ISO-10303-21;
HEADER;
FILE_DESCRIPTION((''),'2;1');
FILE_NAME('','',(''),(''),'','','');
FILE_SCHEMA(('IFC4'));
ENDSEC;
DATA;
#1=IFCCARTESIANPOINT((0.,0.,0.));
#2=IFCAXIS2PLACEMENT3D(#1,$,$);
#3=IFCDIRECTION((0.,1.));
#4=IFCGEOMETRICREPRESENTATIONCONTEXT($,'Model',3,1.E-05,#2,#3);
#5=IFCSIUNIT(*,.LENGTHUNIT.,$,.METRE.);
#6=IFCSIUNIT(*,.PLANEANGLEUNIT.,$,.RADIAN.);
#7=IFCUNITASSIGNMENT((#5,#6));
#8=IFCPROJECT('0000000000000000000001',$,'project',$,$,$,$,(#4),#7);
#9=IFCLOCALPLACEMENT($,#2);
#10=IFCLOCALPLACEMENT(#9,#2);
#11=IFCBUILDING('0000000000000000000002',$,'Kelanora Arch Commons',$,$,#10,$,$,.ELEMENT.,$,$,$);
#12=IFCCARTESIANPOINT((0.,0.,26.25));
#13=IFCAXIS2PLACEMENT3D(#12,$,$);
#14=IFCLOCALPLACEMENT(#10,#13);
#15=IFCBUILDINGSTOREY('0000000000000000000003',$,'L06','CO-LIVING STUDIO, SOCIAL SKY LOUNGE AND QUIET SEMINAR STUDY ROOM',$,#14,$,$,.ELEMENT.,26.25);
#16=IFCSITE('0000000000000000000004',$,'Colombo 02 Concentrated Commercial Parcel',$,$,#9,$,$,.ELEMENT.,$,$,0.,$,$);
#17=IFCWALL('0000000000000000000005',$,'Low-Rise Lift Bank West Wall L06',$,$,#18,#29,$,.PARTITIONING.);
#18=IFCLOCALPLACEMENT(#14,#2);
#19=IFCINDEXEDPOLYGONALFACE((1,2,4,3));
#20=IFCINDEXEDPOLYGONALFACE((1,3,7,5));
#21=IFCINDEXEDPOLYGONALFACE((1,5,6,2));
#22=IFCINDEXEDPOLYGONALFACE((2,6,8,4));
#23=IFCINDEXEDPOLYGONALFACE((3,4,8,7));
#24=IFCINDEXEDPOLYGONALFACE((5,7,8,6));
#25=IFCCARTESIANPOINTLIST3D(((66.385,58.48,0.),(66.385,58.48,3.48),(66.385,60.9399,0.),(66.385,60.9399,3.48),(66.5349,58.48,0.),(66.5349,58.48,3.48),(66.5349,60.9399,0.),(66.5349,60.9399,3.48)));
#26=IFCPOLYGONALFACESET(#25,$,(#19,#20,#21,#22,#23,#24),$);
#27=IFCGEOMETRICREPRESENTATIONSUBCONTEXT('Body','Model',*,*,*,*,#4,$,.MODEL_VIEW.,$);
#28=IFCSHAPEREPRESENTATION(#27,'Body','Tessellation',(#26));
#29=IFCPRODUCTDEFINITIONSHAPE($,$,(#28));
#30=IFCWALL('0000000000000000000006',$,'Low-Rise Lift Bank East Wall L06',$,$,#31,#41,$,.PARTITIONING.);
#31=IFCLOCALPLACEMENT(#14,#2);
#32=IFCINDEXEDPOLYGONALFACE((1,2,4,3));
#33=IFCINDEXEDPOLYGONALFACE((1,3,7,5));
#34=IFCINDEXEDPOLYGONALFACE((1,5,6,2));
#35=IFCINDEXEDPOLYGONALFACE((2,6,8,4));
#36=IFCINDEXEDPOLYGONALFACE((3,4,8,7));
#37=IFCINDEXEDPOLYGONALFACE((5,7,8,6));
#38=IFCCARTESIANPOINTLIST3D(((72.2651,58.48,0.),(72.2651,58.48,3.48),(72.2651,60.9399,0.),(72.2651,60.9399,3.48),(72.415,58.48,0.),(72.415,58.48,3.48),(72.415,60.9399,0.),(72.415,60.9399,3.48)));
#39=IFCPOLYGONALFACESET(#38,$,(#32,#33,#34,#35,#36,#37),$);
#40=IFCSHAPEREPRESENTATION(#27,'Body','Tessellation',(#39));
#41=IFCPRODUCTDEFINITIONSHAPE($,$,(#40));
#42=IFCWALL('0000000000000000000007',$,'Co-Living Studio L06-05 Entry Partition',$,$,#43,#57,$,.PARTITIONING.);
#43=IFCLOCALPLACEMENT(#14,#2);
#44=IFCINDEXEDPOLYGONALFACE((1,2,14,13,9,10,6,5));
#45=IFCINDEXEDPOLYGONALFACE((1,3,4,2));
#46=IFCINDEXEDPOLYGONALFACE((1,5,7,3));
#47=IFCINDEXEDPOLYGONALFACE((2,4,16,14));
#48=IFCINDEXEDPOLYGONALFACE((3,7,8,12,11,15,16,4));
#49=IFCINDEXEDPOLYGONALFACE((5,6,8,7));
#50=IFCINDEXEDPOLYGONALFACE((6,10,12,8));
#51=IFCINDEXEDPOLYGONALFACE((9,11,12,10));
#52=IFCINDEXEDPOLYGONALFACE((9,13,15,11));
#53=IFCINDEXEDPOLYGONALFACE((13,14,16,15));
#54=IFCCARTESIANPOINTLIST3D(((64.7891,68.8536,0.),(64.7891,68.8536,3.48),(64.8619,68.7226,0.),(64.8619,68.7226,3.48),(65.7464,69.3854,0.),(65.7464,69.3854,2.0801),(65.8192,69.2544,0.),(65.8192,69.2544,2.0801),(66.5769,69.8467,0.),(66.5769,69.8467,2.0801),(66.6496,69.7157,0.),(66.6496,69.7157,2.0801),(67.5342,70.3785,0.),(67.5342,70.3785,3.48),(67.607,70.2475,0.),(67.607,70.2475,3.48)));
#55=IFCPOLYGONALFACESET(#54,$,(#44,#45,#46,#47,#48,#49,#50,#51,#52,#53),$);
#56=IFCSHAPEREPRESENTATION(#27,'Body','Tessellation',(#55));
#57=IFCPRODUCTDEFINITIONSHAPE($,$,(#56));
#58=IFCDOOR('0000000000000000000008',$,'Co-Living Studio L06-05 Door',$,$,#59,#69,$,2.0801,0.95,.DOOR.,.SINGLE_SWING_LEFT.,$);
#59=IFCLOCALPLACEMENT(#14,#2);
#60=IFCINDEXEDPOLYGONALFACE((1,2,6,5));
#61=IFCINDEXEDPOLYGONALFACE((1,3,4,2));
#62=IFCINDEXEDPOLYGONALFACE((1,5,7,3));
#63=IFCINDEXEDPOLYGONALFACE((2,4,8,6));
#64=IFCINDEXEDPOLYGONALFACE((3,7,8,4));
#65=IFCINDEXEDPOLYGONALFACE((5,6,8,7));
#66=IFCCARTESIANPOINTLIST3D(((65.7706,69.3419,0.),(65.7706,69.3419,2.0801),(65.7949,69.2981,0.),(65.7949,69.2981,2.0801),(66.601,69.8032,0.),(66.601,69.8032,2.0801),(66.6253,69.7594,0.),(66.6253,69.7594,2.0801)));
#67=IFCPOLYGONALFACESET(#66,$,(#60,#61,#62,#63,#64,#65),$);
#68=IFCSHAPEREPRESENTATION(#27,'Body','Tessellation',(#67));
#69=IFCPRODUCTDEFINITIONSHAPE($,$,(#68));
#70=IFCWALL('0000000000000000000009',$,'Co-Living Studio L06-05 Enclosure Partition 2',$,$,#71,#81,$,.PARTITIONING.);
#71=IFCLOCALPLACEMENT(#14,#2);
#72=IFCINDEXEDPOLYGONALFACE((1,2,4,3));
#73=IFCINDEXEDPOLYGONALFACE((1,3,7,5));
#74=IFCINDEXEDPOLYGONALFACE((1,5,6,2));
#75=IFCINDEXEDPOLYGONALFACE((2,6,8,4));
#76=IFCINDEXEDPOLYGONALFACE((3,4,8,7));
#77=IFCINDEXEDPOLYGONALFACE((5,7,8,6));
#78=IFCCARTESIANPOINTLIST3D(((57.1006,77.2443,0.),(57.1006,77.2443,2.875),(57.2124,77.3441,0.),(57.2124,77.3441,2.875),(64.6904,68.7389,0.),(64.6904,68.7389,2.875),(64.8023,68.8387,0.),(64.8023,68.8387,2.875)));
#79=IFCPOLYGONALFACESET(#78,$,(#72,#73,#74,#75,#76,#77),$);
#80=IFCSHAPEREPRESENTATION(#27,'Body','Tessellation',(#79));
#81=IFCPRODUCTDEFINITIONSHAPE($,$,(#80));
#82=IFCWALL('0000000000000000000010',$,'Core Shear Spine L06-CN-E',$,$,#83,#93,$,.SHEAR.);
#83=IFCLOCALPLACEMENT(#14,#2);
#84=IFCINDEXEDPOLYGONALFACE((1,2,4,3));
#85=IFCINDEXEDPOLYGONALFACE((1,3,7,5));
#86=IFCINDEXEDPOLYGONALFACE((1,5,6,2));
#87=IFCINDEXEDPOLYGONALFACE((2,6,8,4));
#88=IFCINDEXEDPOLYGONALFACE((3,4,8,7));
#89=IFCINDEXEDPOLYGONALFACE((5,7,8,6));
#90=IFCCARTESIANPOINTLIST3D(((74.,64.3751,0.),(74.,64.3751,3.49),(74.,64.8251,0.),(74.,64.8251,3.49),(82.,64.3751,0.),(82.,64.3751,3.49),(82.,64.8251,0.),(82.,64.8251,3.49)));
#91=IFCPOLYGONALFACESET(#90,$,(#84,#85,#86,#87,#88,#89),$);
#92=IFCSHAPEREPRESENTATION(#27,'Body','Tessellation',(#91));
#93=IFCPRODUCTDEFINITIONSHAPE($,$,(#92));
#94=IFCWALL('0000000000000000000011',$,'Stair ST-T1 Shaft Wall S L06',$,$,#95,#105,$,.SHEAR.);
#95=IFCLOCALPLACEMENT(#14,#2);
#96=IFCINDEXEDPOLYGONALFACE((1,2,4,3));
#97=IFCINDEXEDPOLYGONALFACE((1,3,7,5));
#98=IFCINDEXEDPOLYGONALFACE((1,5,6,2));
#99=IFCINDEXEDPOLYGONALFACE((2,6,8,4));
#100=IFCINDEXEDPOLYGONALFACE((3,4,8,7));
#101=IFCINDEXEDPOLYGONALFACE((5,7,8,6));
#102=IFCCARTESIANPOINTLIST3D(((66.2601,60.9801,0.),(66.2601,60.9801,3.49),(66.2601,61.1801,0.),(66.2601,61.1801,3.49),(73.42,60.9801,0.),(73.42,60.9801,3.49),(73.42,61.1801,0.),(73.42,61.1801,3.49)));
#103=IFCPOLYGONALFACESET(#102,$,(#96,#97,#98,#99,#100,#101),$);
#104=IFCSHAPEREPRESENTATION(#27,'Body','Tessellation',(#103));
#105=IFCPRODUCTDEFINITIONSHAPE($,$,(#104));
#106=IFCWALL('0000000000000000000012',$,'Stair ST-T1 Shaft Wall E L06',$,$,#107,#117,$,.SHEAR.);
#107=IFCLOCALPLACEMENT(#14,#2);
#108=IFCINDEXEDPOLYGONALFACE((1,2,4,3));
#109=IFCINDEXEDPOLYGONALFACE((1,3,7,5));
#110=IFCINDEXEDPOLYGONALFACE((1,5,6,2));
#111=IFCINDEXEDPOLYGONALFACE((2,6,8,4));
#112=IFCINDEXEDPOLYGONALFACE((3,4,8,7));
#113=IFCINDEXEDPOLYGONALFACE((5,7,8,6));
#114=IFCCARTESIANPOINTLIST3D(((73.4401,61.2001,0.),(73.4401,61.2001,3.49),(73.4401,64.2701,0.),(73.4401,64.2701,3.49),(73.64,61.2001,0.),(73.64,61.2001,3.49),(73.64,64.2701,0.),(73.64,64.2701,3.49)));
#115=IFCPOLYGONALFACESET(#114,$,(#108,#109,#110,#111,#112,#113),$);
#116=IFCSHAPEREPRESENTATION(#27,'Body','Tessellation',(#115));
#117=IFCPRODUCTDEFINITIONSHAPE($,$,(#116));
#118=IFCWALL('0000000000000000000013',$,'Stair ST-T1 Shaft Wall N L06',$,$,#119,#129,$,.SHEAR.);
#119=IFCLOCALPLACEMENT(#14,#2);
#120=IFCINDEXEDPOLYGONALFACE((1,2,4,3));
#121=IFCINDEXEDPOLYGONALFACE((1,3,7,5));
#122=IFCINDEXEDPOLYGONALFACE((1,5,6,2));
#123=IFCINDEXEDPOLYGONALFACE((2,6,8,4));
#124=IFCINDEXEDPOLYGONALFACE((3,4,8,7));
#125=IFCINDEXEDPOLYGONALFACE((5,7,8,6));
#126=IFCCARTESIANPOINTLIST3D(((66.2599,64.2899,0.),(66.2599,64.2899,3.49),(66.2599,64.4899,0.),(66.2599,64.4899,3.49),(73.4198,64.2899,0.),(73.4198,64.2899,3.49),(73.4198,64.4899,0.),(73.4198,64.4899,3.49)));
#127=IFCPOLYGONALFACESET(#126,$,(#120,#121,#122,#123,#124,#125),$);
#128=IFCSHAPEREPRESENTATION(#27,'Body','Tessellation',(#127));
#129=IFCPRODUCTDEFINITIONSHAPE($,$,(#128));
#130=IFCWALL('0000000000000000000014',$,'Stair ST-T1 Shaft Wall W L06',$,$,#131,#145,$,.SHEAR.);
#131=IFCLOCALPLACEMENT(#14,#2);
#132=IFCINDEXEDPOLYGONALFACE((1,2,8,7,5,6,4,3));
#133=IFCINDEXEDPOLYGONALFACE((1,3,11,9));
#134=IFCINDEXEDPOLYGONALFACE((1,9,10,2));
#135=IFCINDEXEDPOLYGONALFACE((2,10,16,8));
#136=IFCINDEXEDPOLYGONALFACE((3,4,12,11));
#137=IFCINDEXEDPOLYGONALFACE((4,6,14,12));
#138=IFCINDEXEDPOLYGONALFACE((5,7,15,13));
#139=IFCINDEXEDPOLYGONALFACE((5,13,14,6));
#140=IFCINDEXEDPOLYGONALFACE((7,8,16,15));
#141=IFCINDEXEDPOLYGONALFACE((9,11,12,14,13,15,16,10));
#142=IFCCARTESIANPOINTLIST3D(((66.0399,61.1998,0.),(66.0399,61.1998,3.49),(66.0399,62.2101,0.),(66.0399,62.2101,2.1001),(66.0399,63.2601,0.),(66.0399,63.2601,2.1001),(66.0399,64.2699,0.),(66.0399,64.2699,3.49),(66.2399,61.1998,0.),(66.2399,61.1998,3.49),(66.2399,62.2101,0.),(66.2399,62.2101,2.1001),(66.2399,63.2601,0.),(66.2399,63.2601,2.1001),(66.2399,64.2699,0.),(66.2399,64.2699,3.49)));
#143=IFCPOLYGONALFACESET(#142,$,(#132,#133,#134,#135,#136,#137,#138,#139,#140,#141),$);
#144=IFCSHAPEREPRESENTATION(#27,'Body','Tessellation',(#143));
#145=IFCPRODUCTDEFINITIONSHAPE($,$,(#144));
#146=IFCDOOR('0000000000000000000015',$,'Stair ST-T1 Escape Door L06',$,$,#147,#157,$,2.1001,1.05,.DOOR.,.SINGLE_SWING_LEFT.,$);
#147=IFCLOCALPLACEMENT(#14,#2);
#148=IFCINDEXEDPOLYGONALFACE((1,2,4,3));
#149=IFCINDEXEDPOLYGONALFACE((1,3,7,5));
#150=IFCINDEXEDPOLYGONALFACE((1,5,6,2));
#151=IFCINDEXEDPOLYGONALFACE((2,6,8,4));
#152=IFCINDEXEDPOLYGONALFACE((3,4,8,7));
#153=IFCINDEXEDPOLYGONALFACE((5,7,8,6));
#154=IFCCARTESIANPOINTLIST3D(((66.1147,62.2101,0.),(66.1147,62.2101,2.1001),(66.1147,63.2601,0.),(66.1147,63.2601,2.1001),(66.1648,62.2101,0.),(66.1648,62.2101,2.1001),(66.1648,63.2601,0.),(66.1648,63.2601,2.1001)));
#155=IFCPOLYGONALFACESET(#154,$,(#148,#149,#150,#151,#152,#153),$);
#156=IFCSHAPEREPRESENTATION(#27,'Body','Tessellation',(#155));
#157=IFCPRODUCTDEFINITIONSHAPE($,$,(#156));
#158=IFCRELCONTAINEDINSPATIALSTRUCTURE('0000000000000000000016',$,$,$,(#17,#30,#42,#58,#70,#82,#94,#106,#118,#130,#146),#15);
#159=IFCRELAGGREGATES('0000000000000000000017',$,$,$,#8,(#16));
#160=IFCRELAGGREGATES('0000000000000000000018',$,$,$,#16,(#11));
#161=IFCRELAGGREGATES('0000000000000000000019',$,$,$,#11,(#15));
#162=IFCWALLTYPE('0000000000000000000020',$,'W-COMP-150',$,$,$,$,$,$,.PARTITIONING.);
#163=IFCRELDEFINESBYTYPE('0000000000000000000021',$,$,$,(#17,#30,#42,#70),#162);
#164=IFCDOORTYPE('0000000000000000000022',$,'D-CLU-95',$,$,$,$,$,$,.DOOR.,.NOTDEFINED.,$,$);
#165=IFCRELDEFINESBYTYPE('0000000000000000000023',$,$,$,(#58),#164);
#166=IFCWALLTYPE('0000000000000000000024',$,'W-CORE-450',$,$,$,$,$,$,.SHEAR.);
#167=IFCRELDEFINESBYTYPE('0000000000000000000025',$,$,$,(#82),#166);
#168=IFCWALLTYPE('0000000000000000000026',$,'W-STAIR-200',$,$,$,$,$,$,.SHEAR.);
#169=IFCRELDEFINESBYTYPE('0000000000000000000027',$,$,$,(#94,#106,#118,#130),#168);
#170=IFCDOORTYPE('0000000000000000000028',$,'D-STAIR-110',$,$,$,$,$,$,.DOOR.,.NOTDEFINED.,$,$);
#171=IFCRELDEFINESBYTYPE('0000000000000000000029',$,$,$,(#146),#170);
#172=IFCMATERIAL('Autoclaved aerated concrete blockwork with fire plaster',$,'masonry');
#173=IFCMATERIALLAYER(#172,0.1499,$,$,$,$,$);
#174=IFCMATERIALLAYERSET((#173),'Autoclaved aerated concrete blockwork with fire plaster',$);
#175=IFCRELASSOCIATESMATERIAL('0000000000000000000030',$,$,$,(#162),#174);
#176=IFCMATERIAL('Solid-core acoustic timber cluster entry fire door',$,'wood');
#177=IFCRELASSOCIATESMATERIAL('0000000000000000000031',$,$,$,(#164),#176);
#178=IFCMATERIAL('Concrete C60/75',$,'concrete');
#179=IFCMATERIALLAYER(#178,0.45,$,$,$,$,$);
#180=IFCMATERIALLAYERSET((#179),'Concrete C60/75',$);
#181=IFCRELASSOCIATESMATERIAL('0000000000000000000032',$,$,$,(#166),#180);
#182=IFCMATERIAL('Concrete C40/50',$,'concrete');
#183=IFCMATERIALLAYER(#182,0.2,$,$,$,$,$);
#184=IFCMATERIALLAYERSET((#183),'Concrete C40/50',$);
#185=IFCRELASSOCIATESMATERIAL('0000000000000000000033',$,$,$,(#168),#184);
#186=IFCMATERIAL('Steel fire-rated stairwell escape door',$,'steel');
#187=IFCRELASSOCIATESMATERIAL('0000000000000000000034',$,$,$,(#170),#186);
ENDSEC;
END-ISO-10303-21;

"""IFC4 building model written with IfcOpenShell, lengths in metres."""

from ifc_helpers import new_model, si_unit, direction, frame, frame_2d, origin, place, context, subcontext, project, spatial, rectangle, extrude, material, layer, layer_set, type_object, element, fill, save


model = new_model("IFC4")

# Units and contexts
model_context = context("Model", 3, precision=1e-05, world=origin(), true_north=direction((0.0, 1.0)))
body_context = subcontext(model_context, "Body", "Model", "MODEL_VIEW")
ifc_project = project(units=[si_unit("LENGTHUNIT", "METRE"), si_unit("PLANEANGLEUNIT", "RADIAN")], contexts=[model_context])

# Site, building, storey
site_placement = place(None, origin())
site = spatial("IfcSite", under=ifc_project, at=site_placement, Name="Colombo 02 Concentrated Commercial Parcel", CompositionType="ELEMENT", RefElevation=0.0)
building_placement = place(site_placement, origin())
building = spatial("IfcBuilding", under=site, at=building_placement, Name="Kelanora Arch Commons", CompositionType="ELEMENT")
storey_placement = place(building_placement, frame((0.0, 0.0, 26.25)))
storey = spatial("IfcBuildingStorey", under=building, at=storey_placement, Name="L06", Description="CO-LIVING STUDIO, SOCIAL SKY LOUNGE AND QUIET SEMINAR STUDY ROOM", CompositionType="ELEMENT", Elevation=26.25)

# Shared definitions
ifc_material_1 = material(Name="Concrete C60/75", Category="concrete")

# Walls
ifc_material_2 = material(Name="Autoclaved aerated concrete blockwork with fire plaster", Category="masonry")
ifc_layer_1 = layer(ifc_material_2, 0.1499)
ifc_layer_set_1 = layer_set([ifc_layer_1], Name="Autoclaved aerated concrete blockwork with fire plaster")
wall_type_1 = type_object("IfcWallType", Name="W-COMP-150", PredefinedType="PARTITIONING", material=ifc_layer_set_1)
for number, where, z_axis, x_axis, name in (
    (1, (66.46, 58.48, 0.0), (0.0, 0.0, 1.0), (0.0, 1.0, 0.0), "Low-Rise Lift Bank West Wall L06"),
    (2, (72.3401, 58.48, 0.0), (0.0, 0.0, 1.0), (0.0, 1.0, 0.0), "Low-Rise Lift Bank East Wall L06"),
):
    element("IfcWall", number, at=place(storey_placement, frame(where, z_axis=z_axis, x_axis=x_axis)), inside=storey, type_object=wall_type_1, Name=name, PredefinedType="PARTITIONING", context=body_context, shape_type="SweptSolid", body=[
        extrude(rectangle(XDim=2.46, YDim=0.1499, at=frame_2d((1.23, 0.0))), origin(), (0.0, 0.0, 1.0), 3.48),
    ])

# Wall, opening, door
wall_1_placement = place(storey_placement, frame((67.5706, 70.313, 0.0), z_axis=(0.0, 0.0, 1.0), x_axis=(-0.874179, -0.485603, 0.0)))
wall_1 = element("IfcWall", 3, at=wall_1_placement, inside=storey, type_object=wall_type_1, Name="Co-Living Studio L06-05 Entry Partition", PredefinedType="PARTITIONING", context=body_context, shape_type="SweptSolid", body=[
    extrude(rectangle(XDim=3.1401, YDim=0.1499, at=frame_2d((1.5701, 0.0))), origin(), (0.0, 0.0, 1.0), 3.48),
])
opening_1_placement = place(wall_1_placement, frame((1.095, 0.0, 0.0)))
opening_1 = element("IfcOpeningElement", 4, at=opening_1_placement, cuts=wall_1, PredefinedType="OPENING", context=body_context, shape_type="SweptSolid", body=[
    extrude(rectangle(XDim=0.95, YDim=2.0801, at=frame_2d((0.4751, 1.04))), frame((0.0, 0.085, 0.0), z_axis=(0.0, -1.0, 0.0), x_axis=(1.0, 0.0, 0.0)), (0.0, 0.0, 1.0), 0.1699),
])
ifc_material_3 = material(Name="Solid-core acoustic timber cluster entry fire door", Category="wood")
door_type_1 = type_object("IfcDoorType", Name="D-CLU-95", OperationType="NOTDEFINED", PredefinedType="DOOR", material=ifc_material_3)
door_1_placement = place(opening_1_placement, origin())
door_1 = element("IfcDoor", 5, at=door_1_placement, inside=storey, type_object=door_type_1, Name="Co-Living Studio L06-05 Door", OperationType="SINGLE_SWING_LEFT", OverallHeight=2.0801, OverallWidth=0.95, PredefinedType="DOOR", context=body_context, shape_type="SweptSolid", body=[
    extrude(rectangle(XDim=0.95, YDim=2.0801, at=frame_2d((0.4751, 1.04))), frame((0.0, 0.0249, 0.0), z_axis=(0.0, -1.0, 0.0), x_axis=(1.0, 0.0, 0.0)), (0.0, 0.0, 1.0), 0.05),
])
fill(opening_1, door_1)

# Walls
wall_2_placement = place(storey_placement, frame((64.7463, 68.7888, 0.0), z_axis=(0.0, 0.0, 1.0), x_axis=(-0.665809, 0.746122, 0.0)))
element("IfcWall", 6, at=wall_2_placement, inside=storey, type_object=wall_type_1, Name="Co-Living Studio L06-05 Enclosure Partition 2", PredefinedType="PARTITIONING", context=body_context, shape_type="SweptSolid", body=[
    extrude(rectangle(XDim=11.3994, YDim=0.1499, at=frame_2d((5.6997, 0.0))), origin(), (0.0, 0.0, 1.0), 2.875),
])
ifc_layer_2 = layer(ifc_material_1, 0.45)
ifc_layer_set_2 = layer_set([ifc_layer_2], Name="Concrete C60/75")
wall_type_2 = type_object("IfcWallType", Name="W-CORE-450", PredefinedType="SHEAR", material=ifc_layer_set_2)
wall_3_placement = place(storey_placement, frame((74.0, 64.6001, 0.0), z_axis=(0.0, 0.0, 1.0), x_axis=(1.0, 0.0, 0.0)))
element("IfcWall", 7, at=wall_3_placement, inside=storey, type_object=wall_type_2, Name="Core Shear Spine L06-CN-E", PredefinedType="SHEAR", context=body_context, shape_type="SweptSolid", body=[
    extrude(rectangle(XDim=8.0, YDim=0.45, at=frame_2d((4.0, 0.0))), origin(), (0.0, 0.0, 1.0), 3.49),
])

# Shared definitions
ifc_material_4 = material(Name="Concrete C40/50", Category="concrete")

# Walls
ifc_layer_3 = layer(ifc_material_4, 0.2)
ifc_layer_set_3 = layer_set([ifc_layer_3], Name="Concrete C40/50")
wall_type_3 = type_object("IfcWallType", Name="W-STAIR-200", PredefinedType="SHEAR", material=ifc_layer_set_3)
wall_4_placement = place(storey_placement, frame((66.26, 61.0801, 0.0), z_axis=(0.0, 0.0, 1.0), x_axis=(1.0, 0.0, 0.0)))
element("IfcWall", 8, at=wall_4_placement, inside=storey, type_object=wall_type_3, Name="Stair ST-T1 Shaft Wall S L06", PredefinedType="SHEAR", context=body_context, shape_type="SweptSolid", body=[
    extrude(rectangle(XDim=7.1599, YDim=0.2, at=frame_2d((3.5801, 0.0))), origin(), (0.0, 0.0, 1.0), 3.49),
])
wall_5_placement = place(storey_placement, frame((73.54, 61.2, 0.0), z_axis=(0.0, 0.0, 1.0), x_axis=(0.0, 1.0, 0.0)))
element("IfcWall", 9, at=wall_5_placement, inside=storey, type_object=wall_type_3, Name="Stair ST-T1 Shaft Wall E L06", PredefinedType="SHEAR", context=body_context, shape_type="SweptSolid", body=[
    extrude(rectangle(XDim=3.0701, YDim=0.2, at=frame_2d((1.5352, 0.0))), origin(), (0.0, 0.0, 1.0), 3.49),
])
wall_6_placement = place(storey_placement, frame((73.4199, 64.3899, 0.0), z_axis=(0.0, 0.0, 1.0), x_axis=(-1.0, 0.0, 0.0)))
element("IfcWall", 10, at=wall_6_placement, inside=storey, type_object=wall_type_3, Name="Stair ST-T1 Shaft Wall N L06", PredefinedType="SHEAR", context=body_context, shape_type="SweptSolid", body=[
    extrude(rectangle(XDim=7.1599, YDim=0.2, at=frame_2d((3.5801, 0.0))), origin(), (0.0, 0.0, 1.0), 3.49),
])

# Wall, opening, door
wall_7_placement = place(storey_placement, frame((66.1399, 64.27, 0.0), z_axis=(0.0, 0.0, 1.0), x_axis=(0.0, -1.0, 0.0)))
wall_7 = element("IfcWall", 11, at=wall_7_placement, inside=storey, type_object=wall_type_3, Name="Stair ST-T1 Shaft Wall W L06", PredefinedType="SHEAR", context=body_context, shape_type="SweptSolid", body=[
    extrude(rectangle(XDim=3.0701, YDim=0.2, at=frame_2d((1.5352, 0.0))), origin(), (0.0, 0.0, 1.0), 3.49),
])
opening_2_placement = place(wall_7_placement, frame((1.01, 0.0, 0.0)))
opening_2 = element("IfcOpeningElement", 12, at=opening_2_placement, cuts=wall_7, PredefinedType="OPENING", context=body_context, shape_type="SweptSolid", body=[
    extrude(rectangle(XDim=1.05, YDim=2.1001, at=frame_2d((0.5249, 1.05))), frame((0.0, 0.1099, 0.0), z_axis=(0.0, -1.0, 0.0), x_axis=(1.0, 0.0, 0.0)), (0.0, 0.0, 1.0), 0.22),
])
ifc_material_5 = material(Name="Steel fire-rated stairwell escape door", Category="steel")
door_type_2 = type_object("IfcDoorType", Name="D-STAIR-110", OperationType="NOTDEFINED", PredefinedType="DOOR", material=ifc_material_5)
door_2_placement = place(opening_2_placement, origin())
door_2 = element("IfcDoor", 13, at=door_2_placement, inside=storey, type_object=door_type_2, Name="Stair ST-T1 Escape Door L06", OperationType="SINGLE_SWING_LEFT", OverallHeight=2.1001, OverallWidth=1.05, PredefinedType="DOOR", context=body_context, shape_type="SweptSolid", body=[
    extrude(rectangle(XDim=1.05, YDim=2.1001, at=frame_2d((0.5249, 1.05))), frame((0.0, 0.0249, 0.0), z_axis=(0.0, -1.0, 0.0), x_axis=(1.0, 0.0, 0.0)), (0.0, 0.0, 1.0), 0.05),
])
fill(opening_2, door_2)

save(model, "model.ifc")
